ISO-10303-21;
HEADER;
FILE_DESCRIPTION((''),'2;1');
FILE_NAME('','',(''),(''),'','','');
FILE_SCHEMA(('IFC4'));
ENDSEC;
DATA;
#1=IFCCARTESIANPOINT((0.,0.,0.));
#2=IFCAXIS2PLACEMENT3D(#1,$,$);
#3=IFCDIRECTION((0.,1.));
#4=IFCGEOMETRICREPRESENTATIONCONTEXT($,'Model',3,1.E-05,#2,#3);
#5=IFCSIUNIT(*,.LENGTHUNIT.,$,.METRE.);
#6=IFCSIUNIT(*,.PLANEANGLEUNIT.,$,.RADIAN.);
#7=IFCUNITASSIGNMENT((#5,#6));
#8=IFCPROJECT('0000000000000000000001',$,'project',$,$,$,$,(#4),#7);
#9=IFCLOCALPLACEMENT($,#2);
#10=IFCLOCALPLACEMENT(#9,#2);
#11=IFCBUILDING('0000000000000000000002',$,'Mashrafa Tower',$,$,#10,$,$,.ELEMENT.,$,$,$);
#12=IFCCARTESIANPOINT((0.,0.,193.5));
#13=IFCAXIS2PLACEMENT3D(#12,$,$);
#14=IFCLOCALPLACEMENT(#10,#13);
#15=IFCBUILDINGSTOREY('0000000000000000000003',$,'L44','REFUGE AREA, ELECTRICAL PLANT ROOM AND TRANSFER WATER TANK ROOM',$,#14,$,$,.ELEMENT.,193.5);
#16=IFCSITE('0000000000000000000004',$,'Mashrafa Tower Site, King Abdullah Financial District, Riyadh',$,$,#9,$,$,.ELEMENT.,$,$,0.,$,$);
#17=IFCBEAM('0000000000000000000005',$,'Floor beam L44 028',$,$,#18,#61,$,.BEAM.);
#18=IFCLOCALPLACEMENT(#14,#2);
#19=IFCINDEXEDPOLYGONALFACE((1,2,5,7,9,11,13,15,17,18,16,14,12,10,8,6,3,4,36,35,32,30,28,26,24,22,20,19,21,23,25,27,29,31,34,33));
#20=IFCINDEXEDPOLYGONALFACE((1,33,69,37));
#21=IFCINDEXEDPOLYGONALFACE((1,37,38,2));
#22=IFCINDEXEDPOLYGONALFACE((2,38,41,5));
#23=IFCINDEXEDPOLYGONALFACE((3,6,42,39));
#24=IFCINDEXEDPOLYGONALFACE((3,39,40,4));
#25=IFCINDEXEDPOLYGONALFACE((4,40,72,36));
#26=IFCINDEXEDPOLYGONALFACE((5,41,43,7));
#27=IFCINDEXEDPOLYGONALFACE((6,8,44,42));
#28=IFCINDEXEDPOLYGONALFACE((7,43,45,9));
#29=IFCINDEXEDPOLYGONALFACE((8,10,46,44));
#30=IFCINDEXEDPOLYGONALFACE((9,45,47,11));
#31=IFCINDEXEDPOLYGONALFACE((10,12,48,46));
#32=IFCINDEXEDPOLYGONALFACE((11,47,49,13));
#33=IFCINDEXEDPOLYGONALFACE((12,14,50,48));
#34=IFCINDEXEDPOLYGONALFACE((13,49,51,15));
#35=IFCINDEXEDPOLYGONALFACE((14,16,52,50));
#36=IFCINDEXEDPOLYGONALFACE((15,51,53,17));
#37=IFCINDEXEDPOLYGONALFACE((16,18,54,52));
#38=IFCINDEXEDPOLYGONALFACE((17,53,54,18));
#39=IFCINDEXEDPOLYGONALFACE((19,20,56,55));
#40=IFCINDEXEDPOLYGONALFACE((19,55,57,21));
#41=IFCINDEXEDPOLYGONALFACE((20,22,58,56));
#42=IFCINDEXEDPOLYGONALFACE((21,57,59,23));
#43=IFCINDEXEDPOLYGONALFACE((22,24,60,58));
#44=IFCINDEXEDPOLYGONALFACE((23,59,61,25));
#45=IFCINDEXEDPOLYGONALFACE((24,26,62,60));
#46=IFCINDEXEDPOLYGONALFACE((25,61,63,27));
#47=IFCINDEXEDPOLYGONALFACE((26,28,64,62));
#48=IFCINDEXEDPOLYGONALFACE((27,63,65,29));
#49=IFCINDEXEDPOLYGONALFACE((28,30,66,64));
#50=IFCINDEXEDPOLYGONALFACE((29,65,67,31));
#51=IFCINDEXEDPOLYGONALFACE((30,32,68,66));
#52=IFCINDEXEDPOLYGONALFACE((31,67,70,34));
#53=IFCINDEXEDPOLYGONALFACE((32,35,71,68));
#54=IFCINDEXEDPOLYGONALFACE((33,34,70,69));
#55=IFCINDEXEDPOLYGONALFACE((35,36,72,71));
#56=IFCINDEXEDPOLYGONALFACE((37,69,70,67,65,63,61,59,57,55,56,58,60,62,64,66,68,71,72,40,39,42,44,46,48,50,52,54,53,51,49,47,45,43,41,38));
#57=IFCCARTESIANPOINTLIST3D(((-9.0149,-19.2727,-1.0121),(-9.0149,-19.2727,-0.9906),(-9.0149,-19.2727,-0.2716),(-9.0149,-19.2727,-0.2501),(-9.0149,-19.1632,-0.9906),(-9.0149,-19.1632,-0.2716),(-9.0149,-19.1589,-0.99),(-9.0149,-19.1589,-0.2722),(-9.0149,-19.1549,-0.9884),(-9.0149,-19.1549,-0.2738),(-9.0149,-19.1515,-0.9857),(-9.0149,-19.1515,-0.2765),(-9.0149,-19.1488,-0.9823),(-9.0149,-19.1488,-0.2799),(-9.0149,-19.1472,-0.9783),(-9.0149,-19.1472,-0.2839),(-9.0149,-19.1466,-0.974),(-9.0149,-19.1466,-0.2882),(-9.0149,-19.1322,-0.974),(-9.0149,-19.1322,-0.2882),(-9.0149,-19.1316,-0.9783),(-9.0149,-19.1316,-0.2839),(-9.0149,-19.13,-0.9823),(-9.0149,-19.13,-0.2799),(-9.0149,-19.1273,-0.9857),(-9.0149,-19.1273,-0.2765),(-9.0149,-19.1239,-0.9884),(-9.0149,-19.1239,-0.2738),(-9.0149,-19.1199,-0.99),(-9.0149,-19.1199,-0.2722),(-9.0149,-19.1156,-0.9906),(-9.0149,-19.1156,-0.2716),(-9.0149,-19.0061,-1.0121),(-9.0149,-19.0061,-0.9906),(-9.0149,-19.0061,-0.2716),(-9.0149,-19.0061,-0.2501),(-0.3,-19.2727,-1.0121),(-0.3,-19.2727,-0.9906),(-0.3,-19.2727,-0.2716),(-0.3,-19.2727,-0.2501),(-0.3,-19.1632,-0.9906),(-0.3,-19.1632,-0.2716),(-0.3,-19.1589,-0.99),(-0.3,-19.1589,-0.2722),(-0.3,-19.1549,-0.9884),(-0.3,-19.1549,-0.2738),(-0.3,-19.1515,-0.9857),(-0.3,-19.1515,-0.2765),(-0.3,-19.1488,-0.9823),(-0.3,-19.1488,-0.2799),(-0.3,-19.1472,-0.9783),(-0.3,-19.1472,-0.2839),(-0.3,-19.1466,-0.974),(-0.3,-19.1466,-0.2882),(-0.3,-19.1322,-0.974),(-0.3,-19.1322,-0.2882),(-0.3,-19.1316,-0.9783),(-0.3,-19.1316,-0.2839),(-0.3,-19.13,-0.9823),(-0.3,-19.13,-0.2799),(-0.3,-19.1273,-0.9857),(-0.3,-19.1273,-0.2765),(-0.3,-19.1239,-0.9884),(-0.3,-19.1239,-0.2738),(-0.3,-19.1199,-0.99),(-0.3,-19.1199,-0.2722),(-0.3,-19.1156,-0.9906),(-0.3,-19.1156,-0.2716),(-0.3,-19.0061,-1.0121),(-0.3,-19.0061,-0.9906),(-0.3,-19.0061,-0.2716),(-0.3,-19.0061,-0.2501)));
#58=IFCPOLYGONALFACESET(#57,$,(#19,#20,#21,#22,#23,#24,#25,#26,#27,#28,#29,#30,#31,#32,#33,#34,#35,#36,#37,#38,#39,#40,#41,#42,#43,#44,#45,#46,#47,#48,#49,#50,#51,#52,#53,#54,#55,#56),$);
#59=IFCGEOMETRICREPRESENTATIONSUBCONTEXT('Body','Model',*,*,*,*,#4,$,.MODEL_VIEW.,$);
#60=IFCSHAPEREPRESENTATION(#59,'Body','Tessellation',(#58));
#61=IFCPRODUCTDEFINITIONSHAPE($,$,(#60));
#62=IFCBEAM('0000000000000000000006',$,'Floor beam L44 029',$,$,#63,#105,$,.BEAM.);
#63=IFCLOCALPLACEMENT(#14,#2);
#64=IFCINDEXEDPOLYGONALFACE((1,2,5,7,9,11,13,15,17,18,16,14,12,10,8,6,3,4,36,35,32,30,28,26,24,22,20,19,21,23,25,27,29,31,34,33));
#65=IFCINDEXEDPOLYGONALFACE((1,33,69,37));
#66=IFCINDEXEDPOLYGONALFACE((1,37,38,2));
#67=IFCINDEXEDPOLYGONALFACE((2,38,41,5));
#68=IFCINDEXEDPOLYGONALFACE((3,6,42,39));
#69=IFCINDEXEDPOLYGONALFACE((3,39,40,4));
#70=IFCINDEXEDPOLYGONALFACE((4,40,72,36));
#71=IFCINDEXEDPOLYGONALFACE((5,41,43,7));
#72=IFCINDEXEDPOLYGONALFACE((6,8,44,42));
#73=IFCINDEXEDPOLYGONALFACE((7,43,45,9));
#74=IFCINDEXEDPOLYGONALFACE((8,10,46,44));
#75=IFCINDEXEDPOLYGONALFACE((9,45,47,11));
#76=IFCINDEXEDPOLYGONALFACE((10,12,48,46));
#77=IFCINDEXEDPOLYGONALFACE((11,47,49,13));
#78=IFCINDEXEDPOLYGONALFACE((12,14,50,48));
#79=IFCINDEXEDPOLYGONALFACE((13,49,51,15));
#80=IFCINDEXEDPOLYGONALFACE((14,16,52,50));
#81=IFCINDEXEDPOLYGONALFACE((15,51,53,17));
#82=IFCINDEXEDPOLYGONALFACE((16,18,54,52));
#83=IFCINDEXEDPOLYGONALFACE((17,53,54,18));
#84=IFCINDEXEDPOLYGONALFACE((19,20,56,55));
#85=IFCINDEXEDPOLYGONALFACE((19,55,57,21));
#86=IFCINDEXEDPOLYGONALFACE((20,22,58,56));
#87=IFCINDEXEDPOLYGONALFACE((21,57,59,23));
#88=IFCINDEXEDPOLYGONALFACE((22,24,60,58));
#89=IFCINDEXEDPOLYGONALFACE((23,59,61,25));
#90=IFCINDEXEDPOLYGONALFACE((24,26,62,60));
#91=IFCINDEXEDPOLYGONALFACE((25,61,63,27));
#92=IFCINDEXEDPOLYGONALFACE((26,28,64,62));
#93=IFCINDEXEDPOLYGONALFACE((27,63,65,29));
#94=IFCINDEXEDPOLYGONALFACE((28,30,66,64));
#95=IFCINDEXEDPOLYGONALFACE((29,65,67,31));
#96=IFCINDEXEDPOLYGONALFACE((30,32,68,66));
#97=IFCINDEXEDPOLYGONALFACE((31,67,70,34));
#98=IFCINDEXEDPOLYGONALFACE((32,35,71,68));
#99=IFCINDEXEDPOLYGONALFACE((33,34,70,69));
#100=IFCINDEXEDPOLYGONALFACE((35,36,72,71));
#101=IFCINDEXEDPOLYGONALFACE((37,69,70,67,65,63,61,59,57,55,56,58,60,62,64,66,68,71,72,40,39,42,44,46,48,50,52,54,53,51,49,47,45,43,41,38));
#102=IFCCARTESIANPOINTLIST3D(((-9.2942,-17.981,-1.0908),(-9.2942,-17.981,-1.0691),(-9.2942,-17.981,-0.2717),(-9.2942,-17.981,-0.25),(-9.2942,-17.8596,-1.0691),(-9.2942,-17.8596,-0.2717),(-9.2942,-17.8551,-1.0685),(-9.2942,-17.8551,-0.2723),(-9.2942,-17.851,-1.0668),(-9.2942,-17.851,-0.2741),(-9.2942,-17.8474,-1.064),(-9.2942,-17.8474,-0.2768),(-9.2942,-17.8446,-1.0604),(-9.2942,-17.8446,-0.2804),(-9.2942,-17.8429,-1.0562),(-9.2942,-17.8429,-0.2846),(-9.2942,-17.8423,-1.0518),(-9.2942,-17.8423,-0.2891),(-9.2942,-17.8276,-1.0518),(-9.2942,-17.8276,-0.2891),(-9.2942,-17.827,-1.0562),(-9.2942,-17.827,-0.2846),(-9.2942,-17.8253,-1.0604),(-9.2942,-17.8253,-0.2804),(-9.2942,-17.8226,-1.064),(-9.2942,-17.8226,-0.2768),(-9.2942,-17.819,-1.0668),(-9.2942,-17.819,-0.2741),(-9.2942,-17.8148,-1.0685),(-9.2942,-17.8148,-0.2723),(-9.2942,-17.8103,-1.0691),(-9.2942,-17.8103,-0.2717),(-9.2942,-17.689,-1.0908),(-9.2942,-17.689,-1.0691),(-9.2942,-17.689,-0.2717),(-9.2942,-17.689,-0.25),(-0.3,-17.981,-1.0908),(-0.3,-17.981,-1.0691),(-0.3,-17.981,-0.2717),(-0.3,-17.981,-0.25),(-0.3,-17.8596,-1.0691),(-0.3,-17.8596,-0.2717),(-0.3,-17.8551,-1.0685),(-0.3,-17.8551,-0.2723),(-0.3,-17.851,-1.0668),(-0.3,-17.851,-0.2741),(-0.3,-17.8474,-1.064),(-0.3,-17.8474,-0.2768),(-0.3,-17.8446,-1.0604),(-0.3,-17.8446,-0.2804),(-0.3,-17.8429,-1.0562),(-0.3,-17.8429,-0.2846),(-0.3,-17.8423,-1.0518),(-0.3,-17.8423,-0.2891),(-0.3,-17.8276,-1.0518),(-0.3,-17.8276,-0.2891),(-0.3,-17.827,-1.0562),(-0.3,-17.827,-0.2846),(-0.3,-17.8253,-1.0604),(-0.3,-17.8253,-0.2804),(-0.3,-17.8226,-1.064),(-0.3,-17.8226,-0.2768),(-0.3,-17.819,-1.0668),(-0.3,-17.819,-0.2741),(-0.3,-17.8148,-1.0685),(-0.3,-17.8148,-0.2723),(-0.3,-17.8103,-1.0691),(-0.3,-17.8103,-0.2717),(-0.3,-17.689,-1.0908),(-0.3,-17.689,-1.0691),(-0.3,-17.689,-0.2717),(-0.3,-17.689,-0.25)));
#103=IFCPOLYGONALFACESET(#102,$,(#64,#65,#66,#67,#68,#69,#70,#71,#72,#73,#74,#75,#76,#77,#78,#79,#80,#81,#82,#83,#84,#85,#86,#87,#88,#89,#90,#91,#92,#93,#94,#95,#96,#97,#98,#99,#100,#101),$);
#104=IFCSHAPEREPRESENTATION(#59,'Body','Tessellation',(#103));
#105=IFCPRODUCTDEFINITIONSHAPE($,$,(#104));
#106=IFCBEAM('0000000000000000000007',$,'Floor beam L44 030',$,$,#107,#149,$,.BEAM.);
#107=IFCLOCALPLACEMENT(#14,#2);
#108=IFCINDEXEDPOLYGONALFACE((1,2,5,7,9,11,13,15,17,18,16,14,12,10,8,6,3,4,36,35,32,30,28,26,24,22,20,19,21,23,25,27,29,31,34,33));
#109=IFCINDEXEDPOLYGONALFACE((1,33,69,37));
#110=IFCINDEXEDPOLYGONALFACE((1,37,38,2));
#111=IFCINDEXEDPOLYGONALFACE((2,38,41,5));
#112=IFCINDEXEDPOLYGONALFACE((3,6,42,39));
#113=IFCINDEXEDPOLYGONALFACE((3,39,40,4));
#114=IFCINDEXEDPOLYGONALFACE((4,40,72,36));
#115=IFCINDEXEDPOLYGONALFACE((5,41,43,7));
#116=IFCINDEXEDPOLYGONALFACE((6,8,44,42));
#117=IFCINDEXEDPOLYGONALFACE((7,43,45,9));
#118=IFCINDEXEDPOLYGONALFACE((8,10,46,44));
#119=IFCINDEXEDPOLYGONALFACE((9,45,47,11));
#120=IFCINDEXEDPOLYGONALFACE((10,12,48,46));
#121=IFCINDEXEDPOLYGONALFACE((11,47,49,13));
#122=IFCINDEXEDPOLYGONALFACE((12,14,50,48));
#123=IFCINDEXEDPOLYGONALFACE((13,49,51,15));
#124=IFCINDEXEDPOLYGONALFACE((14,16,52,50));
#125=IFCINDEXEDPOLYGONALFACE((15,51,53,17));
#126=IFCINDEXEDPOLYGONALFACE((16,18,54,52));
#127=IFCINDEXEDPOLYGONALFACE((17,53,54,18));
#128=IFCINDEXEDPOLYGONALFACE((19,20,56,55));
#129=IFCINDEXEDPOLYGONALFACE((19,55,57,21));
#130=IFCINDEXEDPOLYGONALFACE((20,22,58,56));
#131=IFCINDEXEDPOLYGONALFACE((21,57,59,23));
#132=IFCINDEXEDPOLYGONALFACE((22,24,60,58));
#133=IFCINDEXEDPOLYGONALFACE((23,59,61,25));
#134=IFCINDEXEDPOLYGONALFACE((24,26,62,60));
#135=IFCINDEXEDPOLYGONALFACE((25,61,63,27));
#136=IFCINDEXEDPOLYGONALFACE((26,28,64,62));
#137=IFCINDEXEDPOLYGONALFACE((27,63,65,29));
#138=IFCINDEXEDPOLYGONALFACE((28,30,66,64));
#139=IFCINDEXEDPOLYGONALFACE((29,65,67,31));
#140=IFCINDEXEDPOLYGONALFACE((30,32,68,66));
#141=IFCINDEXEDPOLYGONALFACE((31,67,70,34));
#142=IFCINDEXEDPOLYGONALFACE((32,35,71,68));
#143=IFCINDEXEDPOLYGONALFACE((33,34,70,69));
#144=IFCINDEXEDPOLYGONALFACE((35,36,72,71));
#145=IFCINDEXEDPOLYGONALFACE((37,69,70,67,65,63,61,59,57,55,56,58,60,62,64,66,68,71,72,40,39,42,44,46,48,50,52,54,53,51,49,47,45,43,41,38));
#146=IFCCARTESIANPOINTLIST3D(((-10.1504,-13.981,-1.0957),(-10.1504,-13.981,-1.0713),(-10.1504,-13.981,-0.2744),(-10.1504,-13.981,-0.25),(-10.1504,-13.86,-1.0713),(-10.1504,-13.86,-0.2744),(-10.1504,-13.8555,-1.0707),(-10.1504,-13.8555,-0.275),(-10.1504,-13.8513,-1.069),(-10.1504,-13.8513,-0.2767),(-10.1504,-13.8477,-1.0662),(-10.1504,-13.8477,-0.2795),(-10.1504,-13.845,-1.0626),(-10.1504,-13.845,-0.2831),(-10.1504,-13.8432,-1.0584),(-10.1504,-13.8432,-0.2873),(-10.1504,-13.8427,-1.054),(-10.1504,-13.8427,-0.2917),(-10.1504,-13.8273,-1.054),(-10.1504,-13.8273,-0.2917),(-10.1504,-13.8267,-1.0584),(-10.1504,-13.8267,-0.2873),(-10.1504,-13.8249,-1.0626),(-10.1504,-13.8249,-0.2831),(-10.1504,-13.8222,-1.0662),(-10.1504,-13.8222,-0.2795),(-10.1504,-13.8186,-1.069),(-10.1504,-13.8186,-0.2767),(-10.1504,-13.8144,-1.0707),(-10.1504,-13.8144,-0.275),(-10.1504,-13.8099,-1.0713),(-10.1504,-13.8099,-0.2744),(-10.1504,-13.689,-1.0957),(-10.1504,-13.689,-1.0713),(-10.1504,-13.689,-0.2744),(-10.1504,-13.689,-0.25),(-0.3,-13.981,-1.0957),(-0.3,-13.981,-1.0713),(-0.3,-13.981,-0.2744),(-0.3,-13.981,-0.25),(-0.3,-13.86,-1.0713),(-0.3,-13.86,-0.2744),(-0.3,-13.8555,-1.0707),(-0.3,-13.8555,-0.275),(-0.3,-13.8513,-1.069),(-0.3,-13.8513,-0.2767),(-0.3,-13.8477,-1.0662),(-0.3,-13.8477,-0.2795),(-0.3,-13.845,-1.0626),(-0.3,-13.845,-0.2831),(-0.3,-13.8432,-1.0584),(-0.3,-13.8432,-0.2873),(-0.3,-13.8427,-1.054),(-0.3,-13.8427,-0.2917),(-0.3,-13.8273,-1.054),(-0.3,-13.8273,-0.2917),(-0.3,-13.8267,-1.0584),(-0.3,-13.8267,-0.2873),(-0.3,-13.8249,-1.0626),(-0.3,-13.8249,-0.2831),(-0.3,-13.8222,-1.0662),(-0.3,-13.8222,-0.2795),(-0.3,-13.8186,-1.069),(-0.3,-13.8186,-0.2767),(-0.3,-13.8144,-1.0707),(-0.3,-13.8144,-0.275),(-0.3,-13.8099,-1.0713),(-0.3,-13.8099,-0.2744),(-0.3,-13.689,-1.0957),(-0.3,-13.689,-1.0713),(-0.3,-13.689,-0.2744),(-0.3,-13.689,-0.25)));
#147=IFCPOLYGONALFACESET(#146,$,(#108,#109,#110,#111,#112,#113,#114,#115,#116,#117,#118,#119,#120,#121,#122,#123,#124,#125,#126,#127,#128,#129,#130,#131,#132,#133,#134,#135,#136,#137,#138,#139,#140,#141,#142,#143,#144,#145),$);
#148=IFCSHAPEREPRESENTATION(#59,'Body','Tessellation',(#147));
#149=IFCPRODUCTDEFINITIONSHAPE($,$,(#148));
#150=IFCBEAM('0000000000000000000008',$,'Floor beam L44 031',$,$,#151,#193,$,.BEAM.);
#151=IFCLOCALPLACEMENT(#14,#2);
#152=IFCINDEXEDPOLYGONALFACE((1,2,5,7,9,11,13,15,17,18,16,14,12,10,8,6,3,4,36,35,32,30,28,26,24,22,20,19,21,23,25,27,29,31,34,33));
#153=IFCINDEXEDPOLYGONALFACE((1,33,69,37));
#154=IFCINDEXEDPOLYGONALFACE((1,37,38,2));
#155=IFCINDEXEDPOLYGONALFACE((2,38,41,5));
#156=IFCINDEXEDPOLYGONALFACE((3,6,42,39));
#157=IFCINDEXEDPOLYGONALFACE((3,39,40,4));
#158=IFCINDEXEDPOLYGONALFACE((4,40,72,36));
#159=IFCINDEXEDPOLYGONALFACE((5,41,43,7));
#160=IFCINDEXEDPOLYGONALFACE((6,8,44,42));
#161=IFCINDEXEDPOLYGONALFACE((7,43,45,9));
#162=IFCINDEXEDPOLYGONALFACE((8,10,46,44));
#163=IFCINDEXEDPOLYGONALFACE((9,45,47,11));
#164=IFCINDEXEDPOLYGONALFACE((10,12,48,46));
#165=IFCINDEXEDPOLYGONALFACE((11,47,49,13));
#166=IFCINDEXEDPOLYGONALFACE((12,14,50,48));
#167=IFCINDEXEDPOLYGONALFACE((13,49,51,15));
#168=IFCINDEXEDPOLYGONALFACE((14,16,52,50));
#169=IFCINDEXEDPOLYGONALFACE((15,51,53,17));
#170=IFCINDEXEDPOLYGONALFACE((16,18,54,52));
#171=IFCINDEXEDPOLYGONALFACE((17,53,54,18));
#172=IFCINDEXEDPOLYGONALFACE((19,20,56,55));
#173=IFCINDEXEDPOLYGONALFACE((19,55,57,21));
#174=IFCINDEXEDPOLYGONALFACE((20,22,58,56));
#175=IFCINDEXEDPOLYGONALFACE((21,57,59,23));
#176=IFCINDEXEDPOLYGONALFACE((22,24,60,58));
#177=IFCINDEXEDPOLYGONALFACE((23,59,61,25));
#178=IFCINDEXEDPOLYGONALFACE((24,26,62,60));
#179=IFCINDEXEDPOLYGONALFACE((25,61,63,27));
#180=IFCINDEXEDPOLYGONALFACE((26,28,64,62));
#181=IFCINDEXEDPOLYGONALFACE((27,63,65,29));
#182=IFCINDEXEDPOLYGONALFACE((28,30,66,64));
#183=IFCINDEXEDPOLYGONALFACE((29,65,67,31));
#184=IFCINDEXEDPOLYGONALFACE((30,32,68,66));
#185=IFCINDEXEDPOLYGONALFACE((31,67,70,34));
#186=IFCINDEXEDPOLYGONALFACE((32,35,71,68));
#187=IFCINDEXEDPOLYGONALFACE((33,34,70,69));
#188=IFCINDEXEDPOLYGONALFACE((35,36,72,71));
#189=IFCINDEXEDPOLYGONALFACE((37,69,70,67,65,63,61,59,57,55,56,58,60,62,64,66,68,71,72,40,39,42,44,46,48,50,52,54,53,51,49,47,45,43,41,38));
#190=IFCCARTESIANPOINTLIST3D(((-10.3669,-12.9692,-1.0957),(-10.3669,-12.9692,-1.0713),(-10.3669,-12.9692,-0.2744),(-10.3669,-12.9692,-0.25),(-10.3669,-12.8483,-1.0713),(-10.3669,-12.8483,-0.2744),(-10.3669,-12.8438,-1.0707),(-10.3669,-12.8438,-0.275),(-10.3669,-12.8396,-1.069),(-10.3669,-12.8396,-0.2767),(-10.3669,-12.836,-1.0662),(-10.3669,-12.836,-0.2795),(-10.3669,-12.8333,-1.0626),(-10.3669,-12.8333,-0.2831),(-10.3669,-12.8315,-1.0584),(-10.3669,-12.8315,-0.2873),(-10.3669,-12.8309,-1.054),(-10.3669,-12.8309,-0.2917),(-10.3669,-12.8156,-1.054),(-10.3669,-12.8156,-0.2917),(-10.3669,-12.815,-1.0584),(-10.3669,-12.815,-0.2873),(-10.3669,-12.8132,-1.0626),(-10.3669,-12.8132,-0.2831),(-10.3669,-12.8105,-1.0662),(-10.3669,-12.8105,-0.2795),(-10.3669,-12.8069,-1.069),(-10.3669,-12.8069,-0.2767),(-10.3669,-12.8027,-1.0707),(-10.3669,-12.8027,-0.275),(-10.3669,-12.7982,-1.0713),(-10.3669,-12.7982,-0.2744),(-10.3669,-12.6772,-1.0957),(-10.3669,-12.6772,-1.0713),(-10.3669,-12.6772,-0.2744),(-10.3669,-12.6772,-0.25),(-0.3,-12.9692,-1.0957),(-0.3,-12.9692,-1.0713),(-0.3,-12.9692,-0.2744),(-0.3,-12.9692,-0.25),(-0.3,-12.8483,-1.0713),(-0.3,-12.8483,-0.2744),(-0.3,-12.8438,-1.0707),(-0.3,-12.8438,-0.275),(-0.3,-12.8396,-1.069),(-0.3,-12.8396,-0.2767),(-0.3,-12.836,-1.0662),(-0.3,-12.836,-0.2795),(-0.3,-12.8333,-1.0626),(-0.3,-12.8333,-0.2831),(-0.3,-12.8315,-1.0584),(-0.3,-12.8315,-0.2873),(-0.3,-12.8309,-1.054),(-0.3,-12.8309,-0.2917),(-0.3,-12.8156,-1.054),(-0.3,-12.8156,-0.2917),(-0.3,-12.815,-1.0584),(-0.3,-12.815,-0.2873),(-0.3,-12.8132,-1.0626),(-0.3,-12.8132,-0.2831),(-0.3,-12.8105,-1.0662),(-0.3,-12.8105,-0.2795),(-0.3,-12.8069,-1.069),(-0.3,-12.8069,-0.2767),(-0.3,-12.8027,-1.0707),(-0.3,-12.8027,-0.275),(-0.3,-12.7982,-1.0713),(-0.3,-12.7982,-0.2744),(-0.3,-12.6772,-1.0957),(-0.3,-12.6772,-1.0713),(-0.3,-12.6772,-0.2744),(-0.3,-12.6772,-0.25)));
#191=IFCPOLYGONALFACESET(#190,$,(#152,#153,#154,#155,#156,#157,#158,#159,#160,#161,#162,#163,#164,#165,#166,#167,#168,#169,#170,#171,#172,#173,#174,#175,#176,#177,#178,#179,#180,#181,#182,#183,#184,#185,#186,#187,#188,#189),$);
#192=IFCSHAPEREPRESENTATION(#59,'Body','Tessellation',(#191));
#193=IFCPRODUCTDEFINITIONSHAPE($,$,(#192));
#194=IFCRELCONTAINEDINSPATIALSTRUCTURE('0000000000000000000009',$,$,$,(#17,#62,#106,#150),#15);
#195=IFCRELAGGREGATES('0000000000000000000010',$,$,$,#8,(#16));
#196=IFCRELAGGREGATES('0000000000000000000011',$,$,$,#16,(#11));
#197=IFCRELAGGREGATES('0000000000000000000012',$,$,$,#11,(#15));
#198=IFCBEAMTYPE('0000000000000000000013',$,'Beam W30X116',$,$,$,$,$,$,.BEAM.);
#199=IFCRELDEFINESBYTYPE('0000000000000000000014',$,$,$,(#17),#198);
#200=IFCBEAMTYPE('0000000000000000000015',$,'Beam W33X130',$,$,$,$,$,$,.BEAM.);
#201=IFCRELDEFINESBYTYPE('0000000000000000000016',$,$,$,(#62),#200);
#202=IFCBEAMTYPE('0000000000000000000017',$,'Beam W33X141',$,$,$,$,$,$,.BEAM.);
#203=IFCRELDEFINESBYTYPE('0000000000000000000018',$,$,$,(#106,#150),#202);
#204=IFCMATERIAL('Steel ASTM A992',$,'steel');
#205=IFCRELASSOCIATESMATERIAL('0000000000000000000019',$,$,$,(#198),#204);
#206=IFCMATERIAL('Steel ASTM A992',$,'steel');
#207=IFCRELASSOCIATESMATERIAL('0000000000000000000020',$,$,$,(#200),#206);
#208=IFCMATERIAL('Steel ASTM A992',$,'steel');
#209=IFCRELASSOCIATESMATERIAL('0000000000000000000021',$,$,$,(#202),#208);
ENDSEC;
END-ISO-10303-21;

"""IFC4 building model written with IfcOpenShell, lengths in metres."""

from ifc_helpers import new_model, si_unit, direction, frame, origin, origin_2d, place, context, subcontext, project, spatial, i_section, extrude, material, material_profile, profile_set, type_object, element, save


model = new_model("IFC4")

# Units and contexts
model_context = context("Model", 3, precision=1e-05, world=origin(), true_north=direction((0.0, 1.0)))
body_context = subcontext(model_context, "Body", "Model", "MODEL_VIEW")
ifc_project = project(units=[si_unit("LENGTHUNIT", "METRE"), si_unit("PLANEANGLEUNIT", "RADIAN")], contexts=[model_context])

# Site, building, storey
site_placement = place(None, origin())
site = spatial("IfcSite", under=ifc_project, at=site_placement, Name="Mashrafa Tower Site, King Abdullah Financial District, Riyadh", CompositionType="ELEMENT", RefElevation=0.0)
building_placement = place(site_placement, origin())
building = spatial("IfcBuilding", under=site, at=building_placement, Name="Mashrafa Tower", CompositionType="ELEMENT")
storey_placement = place(building_placement, frame((0.0, 0.0, 193.5)))
storey = spatial("IfcBuildingStorey", under=building, at=storey_placement, Name="L44", Description="REFUGE AREA, ELECTRICAL PLANT ROOM AND TRANSFER WATER TANK ROOM", CompositionType="ELEMENT", Elevation=193.5)

# Beams
ifc_material_1 = material(Name="Steel ASTM A992", Category="steel")
ifc_material_profile_1 = material_profile(ifc_material_1, i_section(OverallWidth=0.2666, OverallDepth=0.762, WebThickness=0.0144, FlangeThickness=0.0215, FilletRadius=0.0166, at=origin_2d()), Name="W30X116")
ifc_profile_set_1 = profile_set([ifc_material_profile_1], Name="Steel ASTM A992")
beam_type_1 = type_object("IfcBeamType", Name="Beam W30X116", PredefinedType="BEAM", material=ifc_profile_set_1)
beam_1_placement = place(storey_placement, frame((-0.3, -19.1394, -0.6311), z_axis=(-1.0, 0.0, 0.0), x_axis=(0.0, -1.0, 0.0)))
element("IfcBeam", 1, at=beam_1_placement, inside=storey, type_object=beam_type_1, Name="Floor beam L44 028", PredefinedType="BEAM", context=body_context, shape_type="SweptSolid", body=[
    extrude(i_section(OverallWidth=0.2666, OverallDepth=0.762, WebThickness=0.0144, FlangeThickness=0.0215, FilletRadius=0.0166, at=origin_2d()), origin(), (0.0, 0.0, 1.0), 8.7148),
])
ifc_material_2 = material(Name="Steel ASTM A992", Category="steel")
ifc_material_profile_2 = material_profile(ifc_material_2, i_section(OverallWidth=0.292, OverallDepth=0.8408, WebThickness=0.0146, FlangeThickness=0.0217, FilletRadius=0.0173, at=origin_2d()), Name="W33X130")
ifc_profile_set_2 = profile_set([ifc_material_profile_2], Name="Steel ASTM A992")
beam_type_2 = type_object("IfcBeamType", Name="Beam W33X130", PredefinedType="BEAM", material=ifc_profile_set_2)
beam_2_placement = place(storey_placement, frame((-0.3, -17.835, -0.6704), z_axis=(-1.0, 0.0, 0.0), x_axis=(0.0, -1.0, 0.0)))
element("IfcBeam", 2, at=beam_2_placement, inside=storey, type_object=beam_type_2, Name="Floor beam L44 029", PredefinedType="BEAM", context=body_context, shape_type="SweptSolid", body=[
    extrude(i_section(OverallWidth=0.292, OverallDepth=0.8408, WebThickness=0.0146, FlangeThickness=0.0217, FilletRadius=0.0173, at=origin_2d()), origin(), (0.0, 0.0, 1.0), 8.9941),
])
ifc_material_3 = material(Name="Steel ASTM A992", Category="steel")
ifc_material_profile_3 = material_profile(ifc_material_3, i_section(OverallWidth=0.292, OverallDepth=0.8457, WebThickness=0.0154, FlangeThickness=0.0244, FilletRadius=0.0173, at=origin_2d()), Name="W33X141")
ifc_profile_set_3 = profile_set([ifc_material_profile_3], Name="Steel ASTM A992")
beam_type_3 = type_object("IfcBeamType", Name="Beam W33X141", PredefinedType="BEAM", material=ifc_profile_set_3)
beam_3_placement = place(storey_placement, frame((-0.3, -13.835, -0.6729), z_axis=(-1.0, 0.0, 0.0), x_axis=(0.0, -1.0, 0.0)))
element("IfcBeam", 3, at=beam_3_placement, inside=storey, type_object=beam_type_3, Name="Floor beam L44 030", PredefinedType="BEAM", context=body_context, shape_type="SweptSolid", body=[
    extrude(i_section(OverallWidth=0.292, OverallDepth=0.8457, WebThickness=0.0154, FlangeThickness=0.0244, FilletRadius=0.0173, at=origin_2d()), origin(), (0.0, 0.0, 1.0), 9.8503),
])
beam_4_placement = place(storey_placement, frame((-0.3, -12.8232, -0.6729), z_axis=(-1.0, 0.0, 0.0), x_axis=(0.0, -1.0, 0.0)))
element("IfcBeam", 4, at=beam_4_placement, inside=storey, type_object=beam_type_3, Name="Floor beam L44 031", PredefinedType="BEAM", context=body_context, shape_type="SweptSolid", body=[
    extrude(i_section(OverallWidth=0.292, OverallDepth=0.8457, WebThickness=0.0154, FlangeThickness=0.0244, FilletRadius=0.0173, at=origin_2d()), origin(), (0.0, 0.0, 1.0), 10.0669),
])

save(model, "model.ifc")
